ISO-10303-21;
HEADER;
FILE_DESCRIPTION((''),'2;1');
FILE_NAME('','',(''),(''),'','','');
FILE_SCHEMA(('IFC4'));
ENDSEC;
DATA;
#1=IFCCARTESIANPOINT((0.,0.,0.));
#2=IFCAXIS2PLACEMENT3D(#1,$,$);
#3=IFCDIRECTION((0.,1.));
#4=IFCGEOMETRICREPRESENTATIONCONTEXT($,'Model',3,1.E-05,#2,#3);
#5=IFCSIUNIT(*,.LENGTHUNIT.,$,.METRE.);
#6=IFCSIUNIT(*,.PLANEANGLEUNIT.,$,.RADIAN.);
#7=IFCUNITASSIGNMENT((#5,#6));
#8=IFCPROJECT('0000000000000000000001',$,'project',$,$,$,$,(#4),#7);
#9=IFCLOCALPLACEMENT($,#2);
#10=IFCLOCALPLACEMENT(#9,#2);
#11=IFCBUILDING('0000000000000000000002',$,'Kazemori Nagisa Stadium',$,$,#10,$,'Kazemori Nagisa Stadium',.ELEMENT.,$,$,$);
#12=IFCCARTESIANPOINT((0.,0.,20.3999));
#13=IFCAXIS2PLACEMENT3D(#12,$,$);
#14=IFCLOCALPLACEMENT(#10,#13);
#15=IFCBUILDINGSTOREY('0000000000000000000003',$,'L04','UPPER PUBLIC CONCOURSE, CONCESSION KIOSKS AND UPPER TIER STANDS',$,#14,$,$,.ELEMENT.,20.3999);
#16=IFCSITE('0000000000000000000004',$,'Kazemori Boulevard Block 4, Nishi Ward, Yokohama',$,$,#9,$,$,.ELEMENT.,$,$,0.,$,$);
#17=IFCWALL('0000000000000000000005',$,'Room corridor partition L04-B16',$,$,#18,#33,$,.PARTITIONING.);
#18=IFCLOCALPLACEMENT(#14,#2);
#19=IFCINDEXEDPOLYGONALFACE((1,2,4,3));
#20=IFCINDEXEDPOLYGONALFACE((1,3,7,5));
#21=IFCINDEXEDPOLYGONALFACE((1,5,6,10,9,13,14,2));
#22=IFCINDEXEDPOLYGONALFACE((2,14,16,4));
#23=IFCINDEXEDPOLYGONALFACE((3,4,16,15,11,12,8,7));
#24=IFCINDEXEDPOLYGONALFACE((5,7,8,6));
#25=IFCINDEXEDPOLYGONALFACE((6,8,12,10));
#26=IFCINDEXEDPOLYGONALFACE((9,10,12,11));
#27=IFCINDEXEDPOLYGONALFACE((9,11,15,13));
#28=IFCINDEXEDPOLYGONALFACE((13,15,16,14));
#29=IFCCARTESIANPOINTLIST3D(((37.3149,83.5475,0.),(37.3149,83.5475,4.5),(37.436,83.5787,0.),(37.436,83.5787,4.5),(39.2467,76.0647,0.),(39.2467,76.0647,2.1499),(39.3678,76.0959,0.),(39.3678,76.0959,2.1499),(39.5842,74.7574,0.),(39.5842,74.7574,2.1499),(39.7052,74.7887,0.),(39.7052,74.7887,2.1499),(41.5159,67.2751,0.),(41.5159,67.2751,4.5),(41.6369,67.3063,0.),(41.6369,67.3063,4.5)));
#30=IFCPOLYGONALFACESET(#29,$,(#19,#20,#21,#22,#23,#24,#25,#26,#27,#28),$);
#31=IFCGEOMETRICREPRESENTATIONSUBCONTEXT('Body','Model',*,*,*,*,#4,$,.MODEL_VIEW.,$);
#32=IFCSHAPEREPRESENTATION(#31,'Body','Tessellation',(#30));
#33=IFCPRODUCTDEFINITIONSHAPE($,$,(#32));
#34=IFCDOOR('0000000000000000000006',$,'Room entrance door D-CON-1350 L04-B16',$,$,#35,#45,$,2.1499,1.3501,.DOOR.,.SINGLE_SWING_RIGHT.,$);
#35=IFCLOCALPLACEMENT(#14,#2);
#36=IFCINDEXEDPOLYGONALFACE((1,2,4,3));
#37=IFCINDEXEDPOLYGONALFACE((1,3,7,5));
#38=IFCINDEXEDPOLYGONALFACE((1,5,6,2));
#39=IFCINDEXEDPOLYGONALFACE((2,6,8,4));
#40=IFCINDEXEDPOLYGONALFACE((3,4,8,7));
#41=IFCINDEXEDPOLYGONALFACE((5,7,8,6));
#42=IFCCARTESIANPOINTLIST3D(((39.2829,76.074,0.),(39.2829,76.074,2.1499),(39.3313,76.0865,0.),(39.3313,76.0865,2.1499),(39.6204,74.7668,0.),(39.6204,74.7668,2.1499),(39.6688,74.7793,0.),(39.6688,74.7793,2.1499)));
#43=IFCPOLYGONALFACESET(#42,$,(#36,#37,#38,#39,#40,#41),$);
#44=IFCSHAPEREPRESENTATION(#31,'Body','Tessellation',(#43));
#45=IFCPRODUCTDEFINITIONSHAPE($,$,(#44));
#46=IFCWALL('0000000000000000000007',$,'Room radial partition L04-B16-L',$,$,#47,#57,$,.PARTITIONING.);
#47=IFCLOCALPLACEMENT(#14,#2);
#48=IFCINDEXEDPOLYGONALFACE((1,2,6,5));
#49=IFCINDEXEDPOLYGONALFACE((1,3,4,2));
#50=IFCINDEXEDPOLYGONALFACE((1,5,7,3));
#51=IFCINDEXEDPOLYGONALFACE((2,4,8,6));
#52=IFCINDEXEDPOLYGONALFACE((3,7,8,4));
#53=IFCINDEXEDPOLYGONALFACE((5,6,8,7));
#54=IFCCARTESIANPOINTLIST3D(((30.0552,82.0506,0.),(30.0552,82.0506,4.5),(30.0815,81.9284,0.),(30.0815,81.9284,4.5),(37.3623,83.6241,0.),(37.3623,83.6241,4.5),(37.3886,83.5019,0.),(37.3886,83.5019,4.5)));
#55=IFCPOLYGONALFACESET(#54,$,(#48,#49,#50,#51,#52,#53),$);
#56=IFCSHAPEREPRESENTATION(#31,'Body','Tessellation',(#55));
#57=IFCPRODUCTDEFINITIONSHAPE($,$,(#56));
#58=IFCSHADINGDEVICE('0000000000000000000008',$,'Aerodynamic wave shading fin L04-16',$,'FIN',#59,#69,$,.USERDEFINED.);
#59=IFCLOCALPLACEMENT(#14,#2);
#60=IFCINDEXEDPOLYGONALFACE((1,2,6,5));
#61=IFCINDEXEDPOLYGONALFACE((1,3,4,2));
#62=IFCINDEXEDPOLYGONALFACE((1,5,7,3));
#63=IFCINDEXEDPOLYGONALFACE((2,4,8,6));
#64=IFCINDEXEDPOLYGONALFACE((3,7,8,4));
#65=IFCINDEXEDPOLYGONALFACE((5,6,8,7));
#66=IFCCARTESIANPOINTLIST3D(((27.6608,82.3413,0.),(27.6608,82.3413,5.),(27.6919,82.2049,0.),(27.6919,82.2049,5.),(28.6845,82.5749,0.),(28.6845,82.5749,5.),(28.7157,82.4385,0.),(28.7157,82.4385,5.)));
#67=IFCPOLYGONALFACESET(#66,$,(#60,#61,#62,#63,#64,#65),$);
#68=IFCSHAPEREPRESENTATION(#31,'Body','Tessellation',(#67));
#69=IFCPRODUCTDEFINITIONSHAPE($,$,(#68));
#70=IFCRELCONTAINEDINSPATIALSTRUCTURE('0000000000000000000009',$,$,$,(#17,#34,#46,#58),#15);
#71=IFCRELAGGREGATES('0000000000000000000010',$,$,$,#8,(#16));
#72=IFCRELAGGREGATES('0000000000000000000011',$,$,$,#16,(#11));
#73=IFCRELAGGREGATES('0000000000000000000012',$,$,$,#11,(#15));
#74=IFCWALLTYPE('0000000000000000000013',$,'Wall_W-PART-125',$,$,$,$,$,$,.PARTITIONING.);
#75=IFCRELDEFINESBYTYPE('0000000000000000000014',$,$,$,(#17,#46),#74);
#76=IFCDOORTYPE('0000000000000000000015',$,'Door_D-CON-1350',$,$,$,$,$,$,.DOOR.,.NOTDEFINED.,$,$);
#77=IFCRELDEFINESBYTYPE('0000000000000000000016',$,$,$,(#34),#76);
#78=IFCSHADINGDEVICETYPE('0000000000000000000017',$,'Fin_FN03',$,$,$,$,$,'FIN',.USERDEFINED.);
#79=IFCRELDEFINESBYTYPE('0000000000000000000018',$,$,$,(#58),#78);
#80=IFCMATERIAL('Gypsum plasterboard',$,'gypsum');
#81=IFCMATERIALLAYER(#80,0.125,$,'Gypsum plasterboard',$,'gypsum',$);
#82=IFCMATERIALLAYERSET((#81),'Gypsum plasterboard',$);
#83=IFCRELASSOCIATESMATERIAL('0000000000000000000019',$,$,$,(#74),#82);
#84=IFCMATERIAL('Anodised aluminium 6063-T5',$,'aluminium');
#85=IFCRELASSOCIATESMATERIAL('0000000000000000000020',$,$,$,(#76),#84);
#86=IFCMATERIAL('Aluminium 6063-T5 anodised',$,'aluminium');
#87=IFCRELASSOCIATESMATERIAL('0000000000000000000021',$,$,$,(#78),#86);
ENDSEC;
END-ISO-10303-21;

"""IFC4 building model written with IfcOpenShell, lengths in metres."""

from ifc_helpers import new_model, si_unit, direction, frame, frame_2d, origin, origin_2d, place, context, subcontext, project, spatial, rectangle, extrude, material, layer, layer_set, type_object, element, fill, save


model = new_model("IFC4")

# Units and contexts
model_context = context("Model", 3, precision=1e-05, world=origin(), true_north=direction((0.0, 1.0)))
body_context = subcontext(model_context, "Body", "Model", "MODEL_VIEW")
ifc_project = project(units=[si_unit("LENGTHUNIT", "METRE"), si_unit("PLANEANGLEUNIT", "RADIAN")], contexts=[model_context])

# Site, building, storey
site_placement = place(None, origin())
site = spatial("IfcSite", under=ifc_project, at=site_placement, Name="Kazemori Boulevard Block 4, Nishi Ward, Yokohama", CompositionType="ELEMENT", RefElevation=0.0)
building_placement = place(site_placement, origin())
building = spatial("IfcBuilding", under=site, at=building_placement, Name="Kazemori Nagisa Stadium", LongName="Kazemori Nagisa Stadium", CompositionType="ELEMENT")
storey_placement = place(building_placement, frame((0.0, 0.0, 20.3999)))
storey = spatial("IfcBuildingStorey", under=building, at=storey_placement, Name="L04", Description="UPPER PUBLIC CONCOURSE, CONCESSION KIOSKS AND UPPER TIER STANDS", CompositionType="ELEMENT", Elevation=20.3999)

# Shared definitions
ifc_material_1 = material(Name="Anodised aluminium 6063-T5", Category="aluminium")
ifc_material_2 = material(Name="Aluminium 6063-T5 anodised", Category="aluminium")

# Wall, opening, door
ifc_material_3 = material(Name="Gypsum plasterboard", Category="gypsum")
ifc_layer_1 = layer(ifc_material_3, 0.125, Name="Gypsum plasterboard", Category="gypsum")
ifc_layer_set_1 = layer_set([ifc_layer_1], Name="Gypsum plasterboard")
wall_type_1 = type_object("IfcWallType", Name="Wall_W-PART-125", PredefinedType="PARTITIONING", material=ifc_layer_set_1)
wall_1_placement = place(storey_placement, frame((37.3755, 83.563, 0.0), z_axis=(0.0, 0.0, 1.0), x_axis=(0.249966, -0.968255, 0.0)))
wall_1 = element("IfcWall", 1, at=wall_1_placement, inside=storey, type_object=wall_type_1, Name="Room corridor partition L04-B16", PredefinedType="PARTITIONING", context=body_context, shape_type="SweptSolid", body=[
    extrude(rectangle(XDim=16.8059, YDim=0.125, at=frame_2d((8.4028, 0.0))), origin(), (0.0, 0.0, 1.0), 4.5),
])
opening_placement = place(wall_1_placement, frame((7.728, 0.0, 0.0)))
opening = element("IfcOpeningElement", 2, at=opening_placement, cuts=wall_1, PredefinedType="OPENING", context=body_context, shape_type="SweptSolid", body=[
    extrude(rectangle(XDim=1.3501, YDim=2.1499, at=frame_2d((0.675, 1.075))), frame((0.0, 0.0725, 0.0), z_axis=(0.0, -1.0, 0.0), x_axis=(1.0, 0.0, 0.0)), (0.0, 0.0, 1.0), 0.145),
])
door_type = type_object("IfcDoorType", Name="Door_D-CON-1350", OperationType="NOTDEFINED", PredefinedType="DOOR", material=ifc_material_1)
door_placement = place(opening_placement, origin())
door = element("IfcDoor", 3, at=door_placement, inside=storey, type_object=door_type, Name="Room entrance door D-CON-1350 L04-B16", OperationType="SINGLE_SWING_RIGHT", OverallHeight=2.1499, OverallWidth=1.3501, PredefinedType="DOOR", context=body_context, shape_type="SweptSolid", body=[
    extrude(rectangle(XDim=1.3501, YDim=2.1499, at=frame_2d((0.675, 1.075))), frame((0.0, 0.0249, 0.0), z_axis=(0.0, -1.0, 0.0), x_axis=(1.0, 0.0, 0.0)), (0.0, 0.0, 1.0), 0.05),
])
fill(opening, door)

# Wall
wall_2_placement = place(storey_placement, frame((37.3755, 83.563, 0.0), z_axis=(0.0, 0.0, 1.0), x_axis=(-0.977592, -0.21051, 0.0)))
element("IfcWall", 4, at=wall_2_placement, inside=storey, type_object=wall_type_1, Name="Room radial partition L04-B16-L", PredefinedType="PARTITIONING", context=body_context, shape_type="SweptSolid", body=[
    extrude(rectangle(XDim=7.4746, YDim=0.125, at=frame_2d((3.7373, 0.0))), origin(), (0.0, 0.0, 1.0), 4.5),
])

# Shading device
shading_device_type = type_object("IfcShadingDeviceType", Name="Fin_FN03", ElementType="FIN", PredefinedType="USERDEFINED", material=ifc_material_2)
shading_device_placement = place(storey_placement, frame((28.1882, 82.3899, 0.0), z_axis=(0.0, 0.0, 1.0), x_axis=(-0.974928, -0.222521, 0.0)))
element("IfcShadingDevice", 5, at=shading_device_placement, inside=storey, type_object=shading_device_type, Name="Aerodynamic wave shading fin L04-16", ObjectType="FIN", PredefinedType="USERDEFINED", context=body_context, shape_type="SweptSolid", body=[
    extrude(rectangle(XDim=1.05, YDim=0.1399, at=origin_2d()), origin(), (0.0, 0.0, 1.0), 5.0),
])

save(model, "model.ifc")
